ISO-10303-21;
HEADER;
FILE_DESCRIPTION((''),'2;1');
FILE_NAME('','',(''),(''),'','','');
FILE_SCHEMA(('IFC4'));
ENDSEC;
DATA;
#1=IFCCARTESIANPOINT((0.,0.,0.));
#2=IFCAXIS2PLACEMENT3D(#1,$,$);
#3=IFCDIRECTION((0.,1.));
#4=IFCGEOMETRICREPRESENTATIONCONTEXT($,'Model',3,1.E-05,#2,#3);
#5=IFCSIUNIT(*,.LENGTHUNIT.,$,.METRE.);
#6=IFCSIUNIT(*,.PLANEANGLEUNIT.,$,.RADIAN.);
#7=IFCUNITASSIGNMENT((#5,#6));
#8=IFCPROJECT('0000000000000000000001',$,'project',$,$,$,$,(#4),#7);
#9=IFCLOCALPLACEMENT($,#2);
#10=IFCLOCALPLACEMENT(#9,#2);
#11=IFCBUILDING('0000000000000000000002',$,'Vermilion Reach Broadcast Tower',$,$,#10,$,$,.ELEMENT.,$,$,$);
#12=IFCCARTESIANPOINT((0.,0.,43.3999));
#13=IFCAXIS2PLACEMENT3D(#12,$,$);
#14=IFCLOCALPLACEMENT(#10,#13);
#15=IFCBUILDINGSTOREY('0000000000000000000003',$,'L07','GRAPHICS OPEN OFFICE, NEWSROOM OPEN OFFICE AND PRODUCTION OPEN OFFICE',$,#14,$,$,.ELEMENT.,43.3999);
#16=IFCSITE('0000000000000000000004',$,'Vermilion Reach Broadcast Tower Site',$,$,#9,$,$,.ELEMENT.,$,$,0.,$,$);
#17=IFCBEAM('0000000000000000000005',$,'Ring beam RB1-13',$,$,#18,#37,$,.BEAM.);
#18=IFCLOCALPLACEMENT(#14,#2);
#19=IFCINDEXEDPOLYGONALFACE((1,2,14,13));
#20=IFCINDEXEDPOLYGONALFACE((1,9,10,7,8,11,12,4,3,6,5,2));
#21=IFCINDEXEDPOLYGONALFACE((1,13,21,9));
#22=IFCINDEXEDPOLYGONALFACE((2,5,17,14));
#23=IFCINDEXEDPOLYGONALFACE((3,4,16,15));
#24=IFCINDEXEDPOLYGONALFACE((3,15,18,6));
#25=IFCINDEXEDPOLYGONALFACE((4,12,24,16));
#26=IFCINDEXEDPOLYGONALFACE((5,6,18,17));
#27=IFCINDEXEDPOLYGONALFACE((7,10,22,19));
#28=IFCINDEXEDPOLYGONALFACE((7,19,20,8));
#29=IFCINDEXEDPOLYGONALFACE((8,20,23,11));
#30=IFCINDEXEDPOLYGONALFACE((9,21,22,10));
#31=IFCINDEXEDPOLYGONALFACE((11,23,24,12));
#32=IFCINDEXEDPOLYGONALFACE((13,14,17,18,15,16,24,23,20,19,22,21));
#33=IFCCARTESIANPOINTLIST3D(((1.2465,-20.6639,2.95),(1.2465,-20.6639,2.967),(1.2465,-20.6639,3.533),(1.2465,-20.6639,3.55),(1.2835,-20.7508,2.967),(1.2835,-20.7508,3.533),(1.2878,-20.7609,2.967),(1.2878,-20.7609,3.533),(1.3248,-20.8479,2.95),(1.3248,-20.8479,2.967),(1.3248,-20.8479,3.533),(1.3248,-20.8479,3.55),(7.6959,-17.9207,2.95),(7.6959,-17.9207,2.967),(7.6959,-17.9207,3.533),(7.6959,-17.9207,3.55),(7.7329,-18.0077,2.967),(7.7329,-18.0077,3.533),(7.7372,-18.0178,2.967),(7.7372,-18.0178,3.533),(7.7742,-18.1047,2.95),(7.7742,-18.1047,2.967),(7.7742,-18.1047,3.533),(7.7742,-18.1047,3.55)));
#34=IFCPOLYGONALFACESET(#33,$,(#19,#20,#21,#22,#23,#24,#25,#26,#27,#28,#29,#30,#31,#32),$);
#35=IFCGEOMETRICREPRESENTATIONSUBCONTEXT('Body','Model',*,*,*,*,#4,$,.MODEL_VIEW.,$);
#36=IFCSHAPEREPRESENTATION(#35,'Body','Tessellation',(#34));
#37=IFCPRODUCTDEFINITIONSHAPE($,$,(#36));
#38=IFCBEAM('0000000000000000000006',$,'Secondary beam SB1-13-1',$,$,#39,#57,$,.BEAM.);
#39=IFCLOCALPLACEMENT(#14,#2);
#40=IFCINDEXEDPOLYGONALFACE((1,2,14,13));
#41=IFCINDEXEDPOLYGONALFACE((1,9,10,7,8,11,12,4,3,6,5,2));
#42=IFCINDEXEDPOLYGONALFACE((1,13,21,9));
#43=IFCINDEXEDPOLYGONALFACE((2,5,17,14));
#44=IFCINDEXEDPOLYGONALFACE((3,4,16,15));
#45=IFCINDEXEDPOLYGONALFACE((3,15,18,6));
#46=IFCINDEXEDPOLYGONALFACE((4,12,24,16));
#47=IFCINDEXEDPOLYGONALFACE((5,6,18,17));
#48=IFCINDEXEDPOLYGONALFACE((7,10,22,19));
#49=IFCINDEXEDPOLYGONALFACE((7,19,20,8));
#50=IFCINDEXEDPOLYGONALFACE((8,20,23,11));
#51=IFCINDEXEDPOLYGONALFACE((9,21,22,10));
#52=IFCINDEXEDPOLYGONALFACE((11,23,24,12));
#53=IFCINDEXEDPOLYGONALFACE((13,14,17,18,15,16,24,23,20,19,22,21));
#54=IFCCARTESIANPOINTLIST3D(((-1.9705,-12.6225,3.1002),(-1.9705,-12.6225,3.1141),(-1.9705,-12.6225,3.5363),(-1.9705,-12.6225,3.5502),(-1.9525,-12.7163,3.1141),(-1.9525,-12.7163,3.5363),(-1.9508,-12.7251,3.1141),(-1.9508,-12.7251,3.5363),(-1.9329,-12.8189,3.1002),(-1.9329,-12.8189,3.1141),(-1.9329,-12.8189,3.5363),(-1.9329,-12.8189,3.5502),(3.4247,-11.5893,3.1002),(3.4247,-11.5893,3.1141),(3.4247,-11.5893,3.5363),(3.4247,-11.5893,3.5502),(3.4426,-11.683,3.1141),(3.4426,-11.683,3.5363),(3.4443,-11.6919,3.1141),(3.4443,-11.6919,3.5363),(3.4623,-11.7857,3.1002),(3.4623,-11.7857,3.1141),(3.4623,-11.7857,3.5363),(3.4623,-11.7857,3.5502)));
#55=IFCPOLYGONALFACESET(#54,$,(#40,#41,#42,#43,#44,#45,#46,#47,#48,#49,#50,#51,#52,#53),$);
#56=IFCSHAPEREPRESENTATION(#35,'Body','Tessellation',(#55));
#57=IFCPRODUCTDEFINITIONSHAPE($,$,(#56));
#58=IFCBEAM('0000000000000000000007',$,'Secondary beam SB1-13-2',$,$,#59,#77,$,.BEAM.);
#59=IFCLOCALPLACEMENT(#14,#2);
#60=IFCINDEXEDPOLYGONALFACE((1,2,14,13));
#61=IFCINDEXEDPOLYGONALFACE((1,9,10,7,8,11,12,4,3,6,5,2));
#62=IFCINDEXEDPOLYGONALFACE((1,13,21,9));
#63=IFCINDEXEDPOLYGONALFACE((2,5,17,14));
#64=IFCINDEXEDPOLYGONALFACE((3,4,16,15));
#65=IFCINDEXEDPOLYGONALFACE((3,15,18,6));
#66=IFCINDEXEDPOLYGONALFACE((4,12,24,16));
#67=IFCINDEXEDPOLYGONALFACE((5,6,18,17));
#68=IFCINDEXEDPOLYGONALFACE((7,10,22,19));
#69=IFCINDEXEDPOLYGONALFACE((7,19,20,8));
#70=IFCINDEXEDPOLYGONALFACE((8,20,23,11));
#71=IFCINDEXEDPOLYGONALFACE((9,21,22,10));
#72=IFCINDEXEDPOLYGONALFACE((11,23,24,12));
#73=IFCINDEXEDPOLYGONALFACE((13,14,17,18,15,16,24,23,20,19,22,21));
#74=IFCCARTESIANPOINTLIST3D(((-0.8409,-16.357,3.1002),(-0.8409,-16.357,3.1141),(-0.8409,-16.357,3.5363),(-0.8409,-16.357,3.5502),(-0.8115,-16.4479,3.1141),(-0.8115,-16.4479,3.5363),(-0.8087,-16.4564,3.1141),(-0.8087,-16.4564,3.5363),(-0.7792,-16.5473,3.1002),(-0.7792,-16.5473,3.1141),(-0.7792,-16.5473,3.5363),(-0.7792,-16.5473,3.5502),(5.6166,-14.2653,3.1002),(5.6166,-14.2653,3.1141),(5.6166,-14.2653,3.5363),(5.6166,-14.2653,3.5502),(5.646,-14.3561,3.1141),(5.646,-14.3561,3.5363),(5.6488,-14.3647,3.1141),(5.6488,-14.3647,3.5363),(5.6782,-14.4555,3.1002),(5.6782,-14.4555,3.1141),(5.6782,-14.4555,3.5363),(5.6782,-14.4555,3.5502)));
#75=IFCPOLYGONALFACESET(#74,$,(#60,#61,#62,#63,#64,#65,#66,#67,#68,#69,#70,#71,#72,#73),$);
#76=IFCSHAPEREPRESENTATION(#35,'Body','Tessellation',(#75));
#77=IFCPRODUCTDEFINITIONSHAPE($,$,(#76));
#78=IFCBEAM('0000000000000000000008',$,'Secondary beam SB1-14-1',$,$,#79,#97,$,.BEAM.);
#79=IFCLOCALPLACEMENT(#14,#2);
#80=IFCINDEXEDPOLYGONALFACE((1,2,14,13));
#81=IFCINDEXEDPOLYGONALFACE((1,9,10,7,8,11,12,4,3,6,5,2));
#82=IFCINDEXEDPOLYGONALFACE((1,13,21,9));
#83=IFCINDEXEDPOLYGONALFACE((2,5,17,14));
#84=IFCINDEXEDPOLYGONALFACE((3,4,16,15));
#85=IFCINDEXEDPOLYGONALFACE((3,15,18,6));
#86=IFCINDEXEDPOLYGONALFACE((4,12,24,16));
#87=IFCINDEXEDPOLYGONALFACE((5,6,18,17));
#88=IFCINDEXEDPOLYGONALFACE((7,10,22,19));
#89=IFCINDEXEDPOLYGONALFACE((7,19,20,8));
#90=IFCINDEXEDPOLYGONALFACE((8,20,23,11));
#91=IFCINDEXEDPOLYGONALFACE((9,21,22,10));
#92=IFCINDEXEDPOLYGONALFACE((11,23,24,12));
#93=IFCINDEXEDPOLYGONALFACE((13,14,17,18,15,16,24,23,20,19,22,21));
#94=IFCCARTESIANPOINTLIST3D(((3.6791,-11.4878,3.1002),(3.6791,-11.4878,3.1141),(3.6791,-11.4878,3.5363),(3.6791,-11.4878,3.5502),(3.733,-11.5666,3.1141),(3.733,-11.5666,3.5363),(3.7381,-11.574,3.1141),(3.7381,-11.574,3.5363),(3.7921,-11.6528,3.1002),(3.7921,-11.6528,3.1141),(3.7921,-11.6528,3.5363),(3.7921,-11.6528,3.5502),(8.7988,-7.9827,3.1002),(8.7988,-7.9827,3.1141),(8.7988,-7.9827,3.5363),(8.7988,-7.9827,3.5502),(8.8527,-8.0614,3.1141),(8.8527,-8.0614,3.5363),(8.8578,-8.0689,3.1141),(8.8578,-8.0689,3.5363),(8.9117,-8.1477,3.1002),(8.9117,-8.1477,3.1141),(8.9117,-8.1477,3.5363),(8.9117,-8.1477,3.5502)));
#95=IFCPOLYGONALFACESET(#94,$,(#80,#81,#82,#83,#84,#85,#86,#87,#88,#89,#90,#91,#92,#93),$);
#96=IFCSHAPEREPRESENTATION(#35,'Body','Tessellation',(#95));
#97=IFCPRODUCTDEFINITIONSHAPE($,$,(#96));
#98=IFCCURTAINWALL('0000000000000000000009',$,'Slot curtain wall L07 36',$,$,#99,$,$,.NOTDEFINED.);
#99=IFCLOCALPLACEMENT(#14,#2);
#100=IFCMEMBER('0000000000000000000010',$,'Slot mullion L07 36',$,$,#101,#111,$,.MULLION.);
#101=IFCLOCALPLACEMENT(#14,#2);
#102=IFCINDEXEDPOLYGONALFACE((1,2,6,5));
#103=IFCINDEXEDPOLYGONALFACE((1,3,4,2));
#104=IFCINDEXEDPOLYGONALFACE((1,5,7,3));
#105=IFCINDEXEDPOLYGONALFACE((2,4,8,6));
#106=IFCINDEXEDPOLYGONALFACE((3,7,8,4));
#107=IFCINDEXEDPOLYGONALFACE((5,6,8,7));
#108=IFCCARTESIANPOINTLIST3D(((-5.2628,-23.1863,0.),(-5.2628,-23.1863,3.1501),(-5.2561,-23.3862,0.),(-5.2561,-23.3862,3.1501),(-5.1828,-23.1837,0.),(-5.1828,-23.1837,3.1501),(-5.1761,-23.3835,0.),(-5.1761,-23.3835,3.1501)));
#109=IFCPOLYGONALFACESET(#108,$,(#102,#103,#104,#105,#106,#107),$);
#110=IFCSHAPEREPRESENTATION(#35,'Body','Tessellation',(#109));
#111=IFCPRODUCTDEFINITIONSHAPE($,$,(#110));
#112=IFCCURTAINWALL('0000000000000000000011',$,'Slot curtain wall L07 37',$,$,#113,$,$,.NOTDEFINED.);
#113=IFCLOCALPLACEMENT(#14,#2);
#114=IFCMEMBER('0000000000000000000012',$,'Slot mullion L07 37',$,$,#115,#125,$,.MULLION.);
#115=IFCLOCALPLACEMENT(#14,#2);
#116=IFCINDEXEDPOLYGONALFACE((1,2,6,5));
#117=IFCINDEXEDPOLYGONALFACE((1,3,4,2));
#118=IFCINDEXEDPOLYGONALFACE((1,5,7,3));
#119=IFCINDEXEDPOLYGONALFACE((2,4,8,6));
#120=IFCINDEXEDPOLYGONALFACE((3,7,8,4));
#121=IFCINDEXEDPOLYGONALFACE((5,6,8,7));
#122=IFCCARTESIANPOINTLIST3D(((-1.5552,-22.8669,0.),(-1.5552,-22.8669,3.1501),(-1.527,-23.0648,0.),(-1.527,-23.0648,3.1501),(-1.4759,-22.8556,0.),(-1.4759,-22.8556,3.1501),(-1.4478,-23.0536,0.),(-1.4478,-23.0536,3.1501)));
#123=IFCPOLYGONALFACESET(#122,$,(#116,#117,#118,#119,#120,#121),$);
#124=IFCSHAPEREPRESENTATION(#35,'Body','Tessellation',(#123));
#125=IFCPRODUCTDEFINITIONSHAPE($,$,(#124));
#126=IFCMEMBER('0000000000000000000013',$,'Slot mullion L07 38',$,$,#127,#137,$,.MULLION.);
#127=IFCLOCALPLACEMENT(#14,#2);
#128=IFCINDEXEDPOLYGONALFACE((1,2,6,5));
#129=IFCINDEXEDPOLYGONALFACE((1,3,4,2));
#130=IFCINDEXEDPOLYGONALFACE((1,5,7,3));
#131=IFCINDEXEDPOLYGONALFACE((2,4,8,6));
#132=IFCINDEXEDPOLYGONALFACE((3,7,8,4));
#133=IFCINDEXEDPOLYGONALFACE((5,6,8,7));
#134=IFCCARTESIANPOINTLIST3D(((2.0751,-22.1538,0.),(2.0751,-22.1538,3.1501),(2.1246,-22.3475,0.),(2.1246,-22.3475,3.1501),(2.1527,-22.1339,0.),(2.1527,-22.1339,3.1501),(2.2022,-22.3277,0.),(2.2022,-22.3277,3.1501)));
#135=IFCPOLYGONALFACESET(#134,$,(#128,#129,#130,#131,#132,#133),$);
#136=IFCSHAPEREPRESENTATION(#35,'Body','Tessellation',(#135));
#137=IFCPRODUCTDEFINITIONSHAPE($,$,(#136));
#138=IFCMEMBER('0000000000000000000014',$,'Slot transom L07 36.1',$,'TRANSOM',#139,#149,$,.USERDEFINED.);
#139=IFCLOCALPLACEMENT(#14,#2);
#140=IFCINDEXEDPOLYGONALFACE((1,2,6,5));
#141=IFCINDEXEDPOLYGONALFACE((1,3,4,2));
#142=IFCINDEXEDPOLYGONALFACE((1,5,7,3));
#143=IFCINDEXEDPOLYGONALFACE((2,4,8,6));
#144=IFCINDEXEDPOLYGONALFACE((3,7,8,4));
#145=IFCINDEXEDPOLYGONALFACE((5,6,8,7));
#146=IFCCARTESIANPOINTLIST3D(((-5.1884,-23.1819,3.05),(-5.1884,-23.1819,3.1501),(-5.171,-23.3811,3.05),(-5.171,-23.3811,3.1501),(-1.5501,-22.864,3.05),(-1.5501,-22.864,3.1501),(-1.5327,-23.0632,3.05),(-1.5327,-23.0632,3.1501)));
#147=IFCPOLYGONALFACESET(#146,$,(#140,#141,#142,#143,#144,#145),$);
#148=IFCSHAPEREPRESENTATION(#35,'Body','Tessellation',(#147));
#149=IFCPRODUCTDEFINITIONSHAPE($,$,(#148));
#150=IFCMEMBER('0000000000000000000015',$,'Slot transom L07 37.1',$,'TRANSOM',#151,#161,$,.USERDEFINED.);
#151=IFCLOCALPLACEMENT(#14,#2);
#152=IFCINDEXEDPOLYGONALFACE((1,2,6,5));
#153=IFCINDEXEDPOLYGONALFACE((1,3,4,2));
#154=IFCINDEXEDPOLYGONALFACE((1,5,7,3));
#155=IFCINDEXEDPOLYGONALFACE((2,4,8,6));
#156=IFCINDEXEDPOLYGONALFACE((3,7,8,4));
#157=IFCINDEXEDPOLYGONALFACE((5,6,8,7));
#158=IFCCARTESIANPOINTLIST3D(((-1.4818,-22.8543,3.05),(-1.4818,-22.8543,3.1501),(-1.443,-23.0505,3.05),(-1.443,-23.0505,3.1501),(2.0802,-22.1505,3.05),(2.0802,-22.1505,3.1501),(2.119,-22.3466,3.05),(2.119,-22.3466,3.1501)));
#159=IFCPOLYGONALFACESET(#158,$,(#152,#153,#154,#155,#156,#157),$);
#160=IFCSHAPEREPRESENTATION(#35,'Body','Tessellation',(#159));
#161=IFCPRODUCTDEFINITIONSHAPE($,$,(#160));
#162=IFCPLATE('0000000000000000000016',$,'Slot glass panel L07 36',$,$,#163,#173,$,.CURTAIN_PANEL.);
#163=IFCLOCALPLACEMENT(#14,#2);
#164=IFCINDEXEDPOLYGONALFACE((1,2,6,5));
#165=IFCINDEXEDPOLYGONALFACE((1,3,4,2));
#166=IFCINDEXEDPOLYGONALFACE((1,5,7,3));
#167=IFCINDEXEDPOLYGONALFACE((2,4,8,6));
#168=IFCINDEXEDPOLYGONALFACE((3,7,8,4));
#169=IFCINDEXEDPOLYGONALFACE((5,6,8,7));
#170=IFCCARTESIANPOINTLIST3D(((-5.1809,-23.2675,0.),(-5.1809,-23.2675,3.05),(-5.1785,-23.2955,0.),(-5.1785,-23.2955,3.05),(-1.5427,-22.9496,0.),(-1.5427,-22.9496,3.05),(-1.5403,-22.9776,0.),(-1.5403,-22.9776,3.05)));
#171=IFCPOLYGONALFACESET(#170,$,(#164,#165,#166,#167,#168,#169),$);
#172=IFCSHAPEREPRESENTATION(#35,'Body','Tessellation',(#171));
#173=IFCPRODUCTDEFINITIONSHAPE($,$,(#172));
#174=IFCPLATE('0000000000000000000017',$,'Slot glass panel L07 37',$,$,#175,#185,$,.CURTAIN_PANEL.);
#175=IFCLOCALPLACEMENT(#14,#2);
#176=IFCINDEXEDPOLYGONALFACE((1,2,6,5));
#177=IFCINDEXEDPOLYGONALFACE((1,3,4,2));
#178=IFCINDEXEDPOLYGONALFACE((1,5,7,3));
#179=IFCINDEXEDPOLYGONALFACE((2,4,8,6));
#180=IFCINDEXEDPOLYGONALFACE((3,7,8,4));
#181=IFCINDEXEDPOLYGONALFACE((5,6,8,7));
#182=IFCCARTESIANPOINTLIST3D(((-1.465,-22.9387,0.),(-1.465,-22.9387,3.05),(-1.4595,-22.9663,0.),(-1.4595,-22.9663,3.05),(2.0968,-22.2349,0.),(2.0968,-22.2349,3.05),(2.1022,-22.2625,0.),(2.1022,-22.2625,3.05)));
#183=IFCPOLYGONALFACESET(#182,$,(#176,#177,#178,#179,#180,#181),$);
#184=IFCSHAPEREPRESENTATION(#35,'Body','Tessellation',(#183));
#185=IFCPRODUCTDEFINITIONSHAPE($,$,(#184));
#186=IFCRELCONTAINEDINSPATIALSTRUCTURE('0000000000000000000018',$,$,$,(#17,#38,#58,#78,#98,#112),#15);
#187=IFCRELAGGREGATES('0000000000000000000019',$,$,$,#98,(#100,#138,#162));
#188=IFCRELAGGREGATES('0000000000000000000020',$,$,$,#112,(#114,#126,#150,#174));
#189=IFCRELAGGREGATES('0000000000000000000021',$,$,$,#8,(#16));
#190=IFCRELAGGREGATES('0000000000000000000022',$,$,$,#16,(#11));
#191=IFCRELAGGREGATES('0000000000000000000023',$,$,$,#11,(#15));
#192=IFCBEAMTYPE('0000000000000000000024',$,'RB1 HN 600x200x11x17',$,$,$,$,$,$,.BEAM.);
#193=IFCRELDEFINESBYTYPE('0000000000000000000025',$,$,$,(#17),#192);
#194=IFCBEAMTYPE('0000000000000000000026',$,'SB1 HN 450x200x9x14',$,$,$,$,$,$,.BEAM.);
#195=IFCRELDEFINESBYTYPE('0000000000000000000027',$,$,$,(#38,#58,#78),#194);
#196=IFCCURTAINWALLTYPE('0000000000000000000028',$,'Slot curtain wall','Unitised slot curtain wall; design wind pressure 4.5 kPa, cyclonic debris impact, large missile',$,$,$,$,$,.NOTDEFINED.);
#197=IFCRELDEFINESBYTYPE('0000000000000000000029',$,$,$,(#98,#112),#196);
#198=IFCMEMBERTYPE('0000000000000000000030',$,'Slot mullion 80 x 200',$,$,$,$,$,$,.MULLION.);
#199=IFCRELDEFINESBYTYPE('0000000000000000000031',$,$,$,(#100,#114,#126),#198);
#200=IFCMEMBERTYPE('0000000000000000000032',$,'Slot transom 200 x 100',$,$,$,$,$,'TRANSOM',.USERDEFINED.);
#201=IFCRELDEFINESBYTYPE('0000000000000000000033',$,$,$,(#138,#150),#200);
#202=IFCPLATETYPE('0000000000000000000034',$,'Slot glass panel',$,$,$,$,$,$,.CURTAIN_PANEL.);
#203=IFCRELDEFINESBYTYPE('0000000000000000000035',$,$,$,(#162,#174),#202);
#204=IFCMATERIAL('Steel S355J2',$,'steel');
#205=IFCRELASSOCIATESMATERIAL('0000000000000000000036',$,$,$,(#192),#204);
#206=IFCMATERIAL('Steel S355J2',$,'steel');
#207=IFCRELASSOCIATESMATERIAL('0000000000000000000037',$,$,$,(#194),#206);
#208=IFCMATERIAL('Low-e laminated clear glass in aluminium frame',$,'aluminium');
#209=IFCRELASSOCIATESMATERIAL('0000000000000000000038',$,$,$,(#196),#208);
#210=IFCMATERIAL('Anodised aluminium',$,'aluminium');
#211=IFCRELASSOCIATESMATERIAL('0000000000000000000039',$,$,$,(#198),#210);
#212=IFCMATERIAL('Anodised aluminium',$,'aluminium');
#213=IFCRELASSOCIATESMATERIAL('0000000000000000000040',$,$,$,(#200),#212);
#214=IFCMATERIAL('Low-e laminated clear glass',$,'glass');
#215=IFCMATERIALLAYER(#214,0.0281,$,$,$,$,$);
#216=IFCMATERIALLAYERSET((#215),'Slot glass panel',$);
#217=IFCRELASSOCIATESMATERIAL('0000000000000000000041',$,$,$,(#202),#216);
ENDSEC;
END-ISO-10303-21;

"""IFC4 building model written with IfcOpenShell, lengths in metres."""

from ifc_helpers import new_model, si_unit, direction, frame, origin, origin_2d, place, context, subcontext, project, spatial, rectangle, i_section, extrude, material, layer, layer_set, material_profile, profile_set, type_object, element, aggregate, save


model = new_model("IFC4")

# Units and contexts
model_context = context("Model", 3, precision=1e-05, world=origin(), true_north=direction((0.0, 1.0)))
body_context = subcontext(model_context, "Body", "Model", "MODEL_VIEW")
ifc_project = project(units=[si_unit("LENGTHUNIT", "METRE"), si_unit("PLANEANGLEUNIT", "RADIAN")], contexts=[model_context])

# Site, building, storey
site_placement = place(None, origin())
site = spatial("IfcSite", under=ifc_project, at=site_placement, Name="Vermilion Reach Broadcast Tower Site", CompositionType="ELEMENT", RefElevation=0.0)
building_placement = place(site_placement, origin())
building = spatial("IfcBuilding", under=site, at=building_placement, Name="Vermilion Reach Broadcast Tower", CompositionType="ELEMENT")
storey_placement = place(building_placement, frame((0.0, 0.0, 43.3999)))
storey = spatial("IfcBuildingStorey", under=building, at=storey_placement, Name="L07", Description="GRAPHICS OPEN OFFICE, NEWSROOM OPEN OFFICE AND PRODUCTION OPEN OFFICE", CompositionType="ELEMENT", Elevation=43.3999)

# Beams
ifc_material_1 = material(Name="Steel S355J2", Category="steel")
ifc_material_profile_1 = material_profile(ifc_material_1, i_section(OverallWidth=0.2, OverallDepth=0.6001, WebThickness=0.011, FlangeThickness=0.0171, at=origin_2d()), Name="S355J2 HN 600x200x11x17")
ifc_profile_set_1 = profile_set([ifc_material_profile_1], Name="Steel S355J2")
beam_type_1 = type_object("IfcBeamType", Name="RB1 HN 600x200x11x17", PredefinedType="BEAM", material=ifc_profile_set_1)
beam_1_placement = place(storey_placement, frame((1.2856, -20.7559, 3.25), z_axis=(0.920221, 0.3914, 0.0), x_axis=(-0.3914, 0.920221, 0.0)))
element("IfcBeam", 1, at=beam_1_placement, inside=storey, type_object=beam_type_1, Name="Ring beam RB1-13", PredefinedType="BEAM", context=body_context, shape_type="SweptSolid", body=[
    extrude(i_section(OverallWidth=0.2, OverallDepth=0.6001, WebThickness=0.011, FlangeThickness=0.0171, at=origin_2d()), origin(), (0.0, 0.0, 1.0), 7.0085),
])
ifc_material_2 = material(Name="Steel S355J2", Category="steel")
ifc_material_profile_2 = material_profile(ifc_material_2, i_section(OverallWidth=0.2, OverallDepth=0.45, WebThickness=0.009, FlangeThickness=0.0139, at=origin_2d()), Name="S355J2 HN 450x200x9x14")
ifc_profile_set_2 = profile_set([ifc_material_profile_2], Name="Steel S355J2")
beam_type_2 = type_object("IfcBeamType", Name="SB1 HN 450x200x9x14", PredefinedType="BEAM", material=ifc_profile_set_2)
beam_2_placement = place(storey_placement, frame((-1.9517, -12.7207, 3.3252), z_axis=(0.982151, 0.188092, 0.0), x_axis=(-0.188092, 0.982151, 0.0)))
element("IfcBeam", 2, at=beam_2_placement, inside=storey, type_object=beam_type_2, Name="Secondary beam SB1-13-1", PredefinedType="BEAM", context=body_context, shape_type="SweptSolid", body=[
    extrude(i_section(OverallWidth=0.2, OverallDepth=0.45, WebThickness=0.009, FlangeThickness=0.0139, at=origin_2d()), origin(), (0.0, 0.0, 1.0), 5.4932),
])
beam_3_placement = place(storey_placement, frame((-0.8101, -16.4521, 3.3252), z_axis=(0.951332, 0.308167, 0.0), x_axis=(-0.308167, 0.951332, 0.0)))
element("IfcBeam", 3, at=beam_3_placement, inside=storey, type_object=beam_type_2, Name="Secondary beam SB1-13-2", PredefinedType="BEAM", context=body_context, shape_type="SweptSolid", body=[
    extrude(i_section(OverallWidth=0.2, OverallDepth=0.45, WebThickness=0.009, FlangeThickness=0.0139, at=origin_2d()), origin(), (0.0, 0.0, 1.0), 6.7878),
])
beam_4_placement = place(storey_placement, frame((3.7356, -11.5703, 3.3252), z_axis=(0.82514, 0.564928, 0.0), x_axis=(-0.564928, 0.82514, 0.0)))
element("IfcBeam", 4, at=beam_4_placement, inside=storey, type_object=beam_type_2, Name="Secondary beam SB1-14-1", PredefinedType="BEAM", context=body_context, shape_type="SweptSolid", body=[
    extrude(i_section(OverallWidth=0.2, OverallDepth=0.45, WebThickness=0.009, FlangeThickness=0.0139, at=origin_2d()), origin(), (0.0, 0.0, 1.0), 6.2046),
])

# Curtain wall, member
ifc_material_3 = material(Name="Low-e laminated clear glass in aluminium frame", Category="aluminium")
curtain_wall_type = type_object("IfcCurtainWallType", Name="Slot curtain wall", Description="Unitised slot curtain wall; design wind pressure 4.5 kPa, cyclonic debris impact, large missile", PredefinedType="NOTDEFINED", material=ifc_material_3)
placement = place(storey_placement, origin())
curtain_wall_1 = element("IfcCurtainWall", 5, at=placement, inside=storey, type_object=curtain_wall_type, Name="Slot curtain wall L07 36", PredefinedType="NOTDEFINED")
ifc_material_4 = material(Name="Anodised aluminium", Category="aluminium")
ifc_material_profile_3 = material_profile(ifc_material_4, rectangle(XDim=0.2, YDim=0.0801, at=origin_2d()), Name="Slot mullion 80 x 200")
ifc_profile_set_3 = profile_set([ifc_material_profile_3], Name="Anodised aluminium")
member_type_1 = type_object("IfcMemberType", Name="Slot mullion 80 x 200", PredefinedType="MULLION", material=ifc_profile_set_3)
member_1_placement = place(storey_placement, frame((-5.2195, -23.2849, 0.0), z_axis=(0.0, 0.0, 1.0), x_axis=(-0.033504, 0.999439, 0.0)))
member_1 = element("IfcMember", 6, at=member_1_placement, type_object=member_type_1, Name="Slot mullion L07 36", PredefinedType="MULLION", context=body_context, shape_type="SweptSolid", body=[
    extrude(rectangle(XDim=0.2, YDim=0.0801, at=origin_2d()), origin(), (0.0, 0.0, 1.0), 3.1501),
])

# Curtain wall, members
curtain_wall_2 = element("IfcCurtainWall", 7, at=placement, inside=storey, type_object=curtain_wall_type, Name="Slot curtain wall L07 37", PredefinedType="NOTDEFINED")
member_2_placement = place(storey_placement, frame((-1.5015, -22.9602, 0.0), z_axis=(0.0, 0.0, 1.0), x_axis=(-0.140658, 0.990058, 0.0)))
member_2 = element("IfcMember", 8, at=member_2_placement, type_object=member_type_1, Name="Slot mullion L07 37", PredefinedType="MULLION", context=body_context, shape_type="SweptSolid", body=[
    extrude(rectangle(XDim=0.2, YDim=0.0801, at=origin_2d()), origin(), (0.0, 0.0, 1.0), 3.1501),
])
member_3_placement = place(storey_placement, frame((2.1387, -22.2407, 0.0), z_axis=(0.0, 0.0, 1.0), x_axis=(-0.247354, 0.968925, 0.0)))
member_3 = element("IfcMember", 9, at=member_3_placement, type_object=member_type_1, Name="Slot mullion L07 38", PredefinedType="MULLION", context=body_context, shape_type="SweptSolid", body=[
    extrude(rectangle(XDim=0.2, YDim=0.0801, at=origin_2d()), origin(), (0.0, 0.0, 1.0), 3.1501),
])

# Members
ifc_material_5 = material(Name="Anodised aluminium", Category="aluminium")
ifc_material_profile_4 = material_profile(ifc_material_5, rectangle(XDim=0.2, YDim=0.1001, at=origin_2d()), Name="Slot transom 200 x 100")
ifc_profile_set_4 = profile_set([ifc_material_profile_4], Name="Anodised aluminium")
member_type_2 = type_object("IfcMemberType", Name="Slot transom 200 x 100", ElementType="TRANSOM", PredefinedType="USERDEFINED", material=ifc_profile_set_4)
member_4_placement = place(storey_placement, frame((-5.1797, -23.2815, 3.1001), z_axis=(0.996205, 0.087039, 0.0), x_axis=(-0.087039, 0.996205, 0.0)))
member_4 = element("IfcMember", 10, at=member_4_placement, type_object=member_type_2, Name="Slot transom L07 36.1", ObjectType="TRANSOM", PredefinedType="USERDEFINED", context=body_context, shape_type="SweptSolid", body=[
    extrude(rectangle(XDim=0.2, YDim=0.1001, at=origin_2d()), origin(), (0.0, 0.0, 1.0), 3.6521),
])
member_5_placement = place(storey_placement, frame((-1.4624, -22.9524, 3.1001), z_axis=(0.981031, 0.193853, 0.0), x_axis=(-0.193853, 0.981031, 0.0)))
member_5 = element("IfcMember", 11, at=member_5_placement, type_object=member_type_2, Name="Slot transom L07 37.1", ObjectType="TRANSOM", PredefinedType="USERDEFINED", context=body_context, shape_type="SweptSolid", body=[
    extrude(rectangle(XDim=0.2, YDim=0.1001, at=origin_2d()), origin(), (0.0, 0.0, 1.0), 3.6309),
])

# Plates
ifc_material_6 = material(Name="Low-e laminated clear glass", Category="glass")
ifc_layer_1 = layer(ifc_material_6, 0.0281)
ifc_layer_set_1 = layer_set([ifc_layer_1], Name="Slot glass panel")
plate_type = type_object("IfcPlateType", Name="Slot glass panel", PredefinedType="CURTAIN_PANEL", material=ifc_layer_set_1)
plate_1_placement = place(storey_placement, frame((-3.3606, -23.1226, 0.0), z_axis=(0.0, 0.0, 1.0), x_axis=(0.996203, 0.087057, 0.0)))
plate_1 = element("IfcPlate", 12, at=plate_1_placement, type_object=plate_type, Name="Slot glass panel L07 36", PredefinedType="CURTAIN_PANEL", context=body_context, shape_type="SweptSolid", body=[
    extrude(rectangle(XDim=3.6521, YDim=0.0281, at=origin_2d()), origin(), (0.0, 0.0, 1.0), 3.05),
])
aggregate(curtain_wall_1, [member_1, member_4, plate_1])
plate_2_placement = place(storey_placement, frame((0.3186, -22.6006, 0.0), z_axis=(0.0, 0.0, 1.0), x_axis=(0.981031, 0.19385, 0.0)))
plate_2 = element("IfcPlate", 13, at=plate_2_placement, type_object=plate_type, Name="Slot glass panel L07 37", PredefinedType="CURTAIN_PANEL", context=body_context, shape_type="SweptSolid", body=[
    extrude(rectangle(XDim=3.6306, YDim=0.0281, at=origin_2d()), origin(), (0.0, 0.0, 1.0), 3.05),
])
aggregate(curtain_wall_2, [member_2, member_3, member_5, plate_2])

save(model, "model.ifc")
